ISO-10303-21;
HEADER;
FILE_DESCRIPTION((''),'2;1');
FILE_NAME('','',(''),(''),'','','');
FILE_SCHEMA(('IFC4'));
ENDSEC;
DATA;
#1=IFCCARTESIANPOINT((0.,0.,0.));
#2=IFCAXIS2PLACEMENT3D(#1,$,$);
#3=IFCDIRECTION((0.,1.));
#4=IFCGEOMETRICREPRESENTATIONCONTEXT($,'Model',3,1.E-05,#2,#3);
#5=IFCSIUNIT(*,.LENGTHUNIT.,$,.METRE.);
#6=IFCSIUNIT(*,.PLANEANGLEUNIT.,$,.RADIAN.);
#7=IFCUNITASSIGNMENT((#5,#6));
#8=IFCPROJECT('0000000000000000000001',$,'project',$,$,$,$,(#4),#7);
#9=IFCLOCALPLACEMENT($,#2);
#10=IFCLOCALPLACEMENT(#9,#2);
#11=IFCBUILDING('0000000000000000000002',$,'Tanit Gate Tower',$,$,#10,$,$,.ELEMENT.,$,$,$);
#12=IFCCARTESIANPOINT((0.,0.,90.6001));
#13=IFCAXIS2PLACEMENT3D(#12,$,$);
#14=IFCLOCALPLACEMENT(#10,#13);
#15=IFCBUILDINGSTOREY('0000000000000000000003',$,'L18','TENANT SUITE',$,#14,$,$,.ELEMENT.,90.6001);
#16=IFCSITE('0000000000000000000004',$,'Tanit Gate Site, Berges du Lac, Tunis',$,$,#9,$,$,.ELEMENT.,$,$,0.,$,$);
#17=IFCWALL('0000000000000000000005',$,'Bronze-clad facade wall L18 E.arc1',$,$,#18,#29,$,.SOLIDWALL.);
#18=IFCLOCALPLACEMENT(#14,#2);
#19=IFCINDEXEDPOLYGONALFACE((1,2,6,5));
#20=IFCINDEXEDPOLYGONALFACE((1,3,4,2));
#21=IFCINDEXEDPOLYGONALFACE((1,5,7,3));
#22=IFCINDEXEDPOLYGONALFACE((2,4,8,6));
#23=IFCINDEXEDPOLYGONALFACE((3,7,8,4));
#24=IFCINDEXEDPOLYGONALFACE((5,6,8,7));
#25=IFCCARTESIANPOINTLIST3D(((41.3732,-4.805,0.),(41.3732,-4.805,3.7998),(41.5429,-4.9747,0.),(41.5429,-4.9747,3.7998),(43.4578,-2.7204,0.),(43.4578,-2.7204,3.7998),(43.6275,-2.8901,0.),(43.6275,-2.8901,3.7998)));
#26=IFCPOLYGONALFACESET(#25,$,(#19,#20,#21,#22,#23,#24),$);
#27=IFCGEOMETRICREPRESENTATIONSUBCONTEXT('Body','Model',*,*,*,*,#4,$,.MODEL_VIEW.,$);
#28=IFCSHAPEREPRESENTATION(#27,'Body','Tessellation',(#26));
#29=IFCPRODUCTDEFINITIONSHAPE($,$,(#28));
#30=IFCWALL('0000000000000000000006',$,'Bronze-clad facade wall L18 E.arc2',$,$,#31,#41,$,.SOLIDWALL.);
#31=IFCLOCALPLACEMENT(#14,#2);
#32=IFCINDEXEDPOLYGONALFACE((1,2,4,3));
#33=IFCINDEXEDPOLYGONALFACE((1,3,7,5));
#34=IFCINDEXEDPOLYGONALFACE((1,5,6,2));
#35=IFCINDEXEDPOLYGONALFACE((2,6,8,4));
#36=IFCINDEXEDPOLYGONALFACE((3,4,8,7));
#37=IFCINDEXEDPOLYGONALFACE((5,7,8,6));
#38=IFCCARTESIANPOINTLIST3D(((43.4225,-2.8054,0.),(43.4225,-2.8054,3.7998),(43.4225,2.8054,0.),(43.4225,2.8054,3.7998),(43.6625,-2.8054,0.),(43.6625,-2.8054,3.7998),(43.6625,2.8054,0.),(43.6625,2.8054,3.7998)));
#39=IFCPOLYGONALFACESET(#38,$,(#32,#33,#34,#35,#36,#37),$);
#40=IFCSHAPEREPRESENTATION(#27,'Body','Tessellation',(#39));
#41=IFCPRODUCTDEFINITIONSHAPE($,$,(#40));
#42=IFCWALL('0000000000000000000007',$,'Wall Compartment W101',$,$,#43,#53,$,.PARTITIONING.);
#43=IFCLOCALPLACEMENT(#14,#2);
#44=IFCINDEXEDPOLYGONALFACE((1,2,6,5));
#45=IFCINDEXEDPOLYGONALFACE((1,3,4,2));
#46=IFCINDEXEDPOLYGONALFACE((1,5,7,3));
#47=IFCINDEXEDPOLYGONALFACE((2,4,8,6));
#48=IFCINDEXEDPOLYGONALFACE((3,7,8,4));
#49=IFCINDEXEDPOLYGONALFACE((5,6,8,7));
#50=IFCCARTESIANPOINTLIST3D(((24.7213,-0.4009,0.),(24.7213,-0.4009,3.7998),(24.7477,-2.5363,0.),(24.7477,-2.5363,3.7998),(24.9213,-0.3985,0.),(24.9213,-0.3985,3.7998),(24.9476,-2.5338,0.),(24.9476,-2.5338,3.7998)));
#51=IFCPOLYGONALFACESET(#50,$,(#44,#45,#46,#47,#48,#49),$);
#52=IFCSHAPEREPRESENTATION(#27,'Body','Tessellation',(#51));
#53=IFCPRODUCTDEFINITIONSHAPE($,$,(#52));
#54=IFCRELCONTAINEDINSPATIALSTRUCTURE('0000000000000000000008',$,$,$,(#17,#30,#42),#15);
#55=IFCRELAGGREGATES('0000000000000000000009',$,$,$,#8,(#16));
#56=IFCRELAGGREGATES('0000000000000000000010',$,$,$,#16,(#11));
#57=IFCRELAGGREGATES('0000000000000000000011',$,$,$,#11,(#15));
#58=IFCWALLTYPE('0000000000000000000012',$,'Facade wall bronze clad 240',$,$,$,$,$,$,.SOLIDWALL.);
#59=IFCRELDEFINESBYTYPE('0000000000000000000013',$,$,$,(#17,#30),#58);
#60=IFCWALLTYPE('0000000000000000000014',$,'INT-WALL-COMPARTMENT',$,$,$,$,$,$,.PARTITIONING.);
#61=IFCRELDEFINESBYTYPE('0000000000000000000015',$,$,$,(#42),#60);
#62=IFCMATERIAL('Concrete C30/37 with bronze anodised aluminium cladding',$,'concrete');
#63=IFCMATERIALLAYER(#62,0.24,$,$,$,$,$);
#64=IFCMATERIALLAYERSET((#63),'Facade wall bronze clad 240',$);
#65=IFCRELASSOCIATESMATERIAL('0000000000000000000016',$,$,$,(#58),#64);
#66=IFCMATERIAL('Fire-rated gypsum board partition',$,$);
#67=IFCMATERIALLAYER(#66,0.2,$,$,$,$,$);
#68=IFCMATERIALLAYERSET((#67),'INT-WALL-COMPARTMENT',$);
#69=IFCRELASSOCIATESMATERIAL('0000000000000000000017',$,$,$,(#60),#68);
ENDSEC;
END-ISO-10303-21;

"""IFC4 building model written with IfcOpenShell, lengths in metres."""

from ifc_helpers import new_model, si_unit, direction, frame, frame_2d, origin, place, context, subcontext, project, spatial, rectangle, extrude, material, layer, layer_set, type_object, element, save


model = new_model("IFC4")

# Units and contexts
model_context = context("Model", 3, precision=1e-05, world=origin(), true_north=direction((0.0, 1.0)))
body_context = subcontext(model_context, "Body", "Model", "MODEL_VIEW")
ifc_project = project(units=[si_unit("LENGTHUNIT", "METRE"), si_unit("PLANEANGLEUNIT", "RADIAN")], contexts=[model_context])

# Site, building, storey
site_placement = place(None, origin())
site = spatial("IfcSite", under=ifc_project, at=site_placement, Name="Tanit Gate Site, Berges du Lac, Tunis", CompositionType="ELEMENT", RefElevation=0.0)
building_placement = place(site_placement, origin())
building = spatial("IfcBuilding", under=site, at=building_placement, Name="Tanit Gate Tower", CompositionType="ELEMENT")
storey_placement = place(building_placement, frame((0.0, 0.0, 90.6001)))
storey = spatial("IfcBuildingStorey", under=building, at=storey_placement, Name="L18", Description="TENANT SUITE", CompositionType="ELEMENT", Elevation=90.6001)

# Walls
ifc_material_1 = material(Name="Concrete C30/37 with bronze anodised aluminium cladding", Category="concrete")
ifc_layer_1 = layer(ifc_material_1, 0.24)
ifc_layer_set_1 = layer_set([ifc_layer_1], Name="Facade wall bronze clad 240")
wall_type_1 = type_object("IfcWallType", Name="Facade wall bronze clad 240", PredefinedType="SOLIDWALL", material=ifc_layer_set_1)
wall_1_placement = place(storey_placement, frame((41.458, -4.8899, 0.0), z_axis=(0.0, 0.0, 1.0), x_axis=(0.707107, 0.707107, 0.0)))
element("IfcWall", 1, at=wall_1_placement, inside=storey, type_object=wall_type_1, Name="Bronze-clad facade wall L18 E.arc1", PredefinedType="SOLIDWALL", context=body_context, shape_type="SweptSolid", body=[
    extrude(rectangle(XDim=2.948, YDim=0.24, at=frame_2d((1.4741, 0.0))), origin(), (0.0, 0.0, 1.0), 3.7998),
])
wall_2_placement = place(storey_placement, frame((43.5425, -2.8054, 0.0), z_axis=(0.0, 0.0, 1.0), x_axis=(0.0, 1.0, 0.0)))
element("IfcWall", 2, at=wall_2_placement, inside=storey, type_object=wall_type_1, Name="Bronze-clad facade wall L18 E.arc2", PredefinedType="SOLIDWALL", context=body_context, shape_type="SweptSolid", body=[
    extrude(rectangle(XDim=5.6108, YDim=0.24, at=frame_2d((2.8054, 0.0))), origin(), (0.0, 0.0, 1.0), 3.7998),
])
ifc_material_2 = material(Name="Fire-rated gypsum board partition")
ifc_layer_2 = layer(ifc_material_2, 0.2)
ifc_layer_set_2 = layer_set([ifc_layer_2], Name="INT-WALL-COMPARTMENT")
wall_type_2 = type_object("IfcWallType", Name="INT-WALL-COMPARTMENT", PredefinedType="PARTITIONING", material=ifc_layer_set_2)
wall_3_placement = place(storey_placement, frame((24.8477, -2.5352, 0.0), z_axis=(0.0, 0.0, 1.0), x_axis=(-0.012348, 0.999924, 0.0)))
element("IfcWall", 3, at=wall_3_placement, inside=storey, type_object=wall_type_2, Name="Wall Compartment W101", PredefinedType="PARTITIONING", context=body_context, shape_type="SweptSolid", body=[
    extrude(rectangle(XDim=2.1355, YDim=0.2, at=frame_2d((1.0679, 0.0))), origin(), (0.0, 0.0, 1.0), 3.7998),
])

save(model, "model.ifc")
